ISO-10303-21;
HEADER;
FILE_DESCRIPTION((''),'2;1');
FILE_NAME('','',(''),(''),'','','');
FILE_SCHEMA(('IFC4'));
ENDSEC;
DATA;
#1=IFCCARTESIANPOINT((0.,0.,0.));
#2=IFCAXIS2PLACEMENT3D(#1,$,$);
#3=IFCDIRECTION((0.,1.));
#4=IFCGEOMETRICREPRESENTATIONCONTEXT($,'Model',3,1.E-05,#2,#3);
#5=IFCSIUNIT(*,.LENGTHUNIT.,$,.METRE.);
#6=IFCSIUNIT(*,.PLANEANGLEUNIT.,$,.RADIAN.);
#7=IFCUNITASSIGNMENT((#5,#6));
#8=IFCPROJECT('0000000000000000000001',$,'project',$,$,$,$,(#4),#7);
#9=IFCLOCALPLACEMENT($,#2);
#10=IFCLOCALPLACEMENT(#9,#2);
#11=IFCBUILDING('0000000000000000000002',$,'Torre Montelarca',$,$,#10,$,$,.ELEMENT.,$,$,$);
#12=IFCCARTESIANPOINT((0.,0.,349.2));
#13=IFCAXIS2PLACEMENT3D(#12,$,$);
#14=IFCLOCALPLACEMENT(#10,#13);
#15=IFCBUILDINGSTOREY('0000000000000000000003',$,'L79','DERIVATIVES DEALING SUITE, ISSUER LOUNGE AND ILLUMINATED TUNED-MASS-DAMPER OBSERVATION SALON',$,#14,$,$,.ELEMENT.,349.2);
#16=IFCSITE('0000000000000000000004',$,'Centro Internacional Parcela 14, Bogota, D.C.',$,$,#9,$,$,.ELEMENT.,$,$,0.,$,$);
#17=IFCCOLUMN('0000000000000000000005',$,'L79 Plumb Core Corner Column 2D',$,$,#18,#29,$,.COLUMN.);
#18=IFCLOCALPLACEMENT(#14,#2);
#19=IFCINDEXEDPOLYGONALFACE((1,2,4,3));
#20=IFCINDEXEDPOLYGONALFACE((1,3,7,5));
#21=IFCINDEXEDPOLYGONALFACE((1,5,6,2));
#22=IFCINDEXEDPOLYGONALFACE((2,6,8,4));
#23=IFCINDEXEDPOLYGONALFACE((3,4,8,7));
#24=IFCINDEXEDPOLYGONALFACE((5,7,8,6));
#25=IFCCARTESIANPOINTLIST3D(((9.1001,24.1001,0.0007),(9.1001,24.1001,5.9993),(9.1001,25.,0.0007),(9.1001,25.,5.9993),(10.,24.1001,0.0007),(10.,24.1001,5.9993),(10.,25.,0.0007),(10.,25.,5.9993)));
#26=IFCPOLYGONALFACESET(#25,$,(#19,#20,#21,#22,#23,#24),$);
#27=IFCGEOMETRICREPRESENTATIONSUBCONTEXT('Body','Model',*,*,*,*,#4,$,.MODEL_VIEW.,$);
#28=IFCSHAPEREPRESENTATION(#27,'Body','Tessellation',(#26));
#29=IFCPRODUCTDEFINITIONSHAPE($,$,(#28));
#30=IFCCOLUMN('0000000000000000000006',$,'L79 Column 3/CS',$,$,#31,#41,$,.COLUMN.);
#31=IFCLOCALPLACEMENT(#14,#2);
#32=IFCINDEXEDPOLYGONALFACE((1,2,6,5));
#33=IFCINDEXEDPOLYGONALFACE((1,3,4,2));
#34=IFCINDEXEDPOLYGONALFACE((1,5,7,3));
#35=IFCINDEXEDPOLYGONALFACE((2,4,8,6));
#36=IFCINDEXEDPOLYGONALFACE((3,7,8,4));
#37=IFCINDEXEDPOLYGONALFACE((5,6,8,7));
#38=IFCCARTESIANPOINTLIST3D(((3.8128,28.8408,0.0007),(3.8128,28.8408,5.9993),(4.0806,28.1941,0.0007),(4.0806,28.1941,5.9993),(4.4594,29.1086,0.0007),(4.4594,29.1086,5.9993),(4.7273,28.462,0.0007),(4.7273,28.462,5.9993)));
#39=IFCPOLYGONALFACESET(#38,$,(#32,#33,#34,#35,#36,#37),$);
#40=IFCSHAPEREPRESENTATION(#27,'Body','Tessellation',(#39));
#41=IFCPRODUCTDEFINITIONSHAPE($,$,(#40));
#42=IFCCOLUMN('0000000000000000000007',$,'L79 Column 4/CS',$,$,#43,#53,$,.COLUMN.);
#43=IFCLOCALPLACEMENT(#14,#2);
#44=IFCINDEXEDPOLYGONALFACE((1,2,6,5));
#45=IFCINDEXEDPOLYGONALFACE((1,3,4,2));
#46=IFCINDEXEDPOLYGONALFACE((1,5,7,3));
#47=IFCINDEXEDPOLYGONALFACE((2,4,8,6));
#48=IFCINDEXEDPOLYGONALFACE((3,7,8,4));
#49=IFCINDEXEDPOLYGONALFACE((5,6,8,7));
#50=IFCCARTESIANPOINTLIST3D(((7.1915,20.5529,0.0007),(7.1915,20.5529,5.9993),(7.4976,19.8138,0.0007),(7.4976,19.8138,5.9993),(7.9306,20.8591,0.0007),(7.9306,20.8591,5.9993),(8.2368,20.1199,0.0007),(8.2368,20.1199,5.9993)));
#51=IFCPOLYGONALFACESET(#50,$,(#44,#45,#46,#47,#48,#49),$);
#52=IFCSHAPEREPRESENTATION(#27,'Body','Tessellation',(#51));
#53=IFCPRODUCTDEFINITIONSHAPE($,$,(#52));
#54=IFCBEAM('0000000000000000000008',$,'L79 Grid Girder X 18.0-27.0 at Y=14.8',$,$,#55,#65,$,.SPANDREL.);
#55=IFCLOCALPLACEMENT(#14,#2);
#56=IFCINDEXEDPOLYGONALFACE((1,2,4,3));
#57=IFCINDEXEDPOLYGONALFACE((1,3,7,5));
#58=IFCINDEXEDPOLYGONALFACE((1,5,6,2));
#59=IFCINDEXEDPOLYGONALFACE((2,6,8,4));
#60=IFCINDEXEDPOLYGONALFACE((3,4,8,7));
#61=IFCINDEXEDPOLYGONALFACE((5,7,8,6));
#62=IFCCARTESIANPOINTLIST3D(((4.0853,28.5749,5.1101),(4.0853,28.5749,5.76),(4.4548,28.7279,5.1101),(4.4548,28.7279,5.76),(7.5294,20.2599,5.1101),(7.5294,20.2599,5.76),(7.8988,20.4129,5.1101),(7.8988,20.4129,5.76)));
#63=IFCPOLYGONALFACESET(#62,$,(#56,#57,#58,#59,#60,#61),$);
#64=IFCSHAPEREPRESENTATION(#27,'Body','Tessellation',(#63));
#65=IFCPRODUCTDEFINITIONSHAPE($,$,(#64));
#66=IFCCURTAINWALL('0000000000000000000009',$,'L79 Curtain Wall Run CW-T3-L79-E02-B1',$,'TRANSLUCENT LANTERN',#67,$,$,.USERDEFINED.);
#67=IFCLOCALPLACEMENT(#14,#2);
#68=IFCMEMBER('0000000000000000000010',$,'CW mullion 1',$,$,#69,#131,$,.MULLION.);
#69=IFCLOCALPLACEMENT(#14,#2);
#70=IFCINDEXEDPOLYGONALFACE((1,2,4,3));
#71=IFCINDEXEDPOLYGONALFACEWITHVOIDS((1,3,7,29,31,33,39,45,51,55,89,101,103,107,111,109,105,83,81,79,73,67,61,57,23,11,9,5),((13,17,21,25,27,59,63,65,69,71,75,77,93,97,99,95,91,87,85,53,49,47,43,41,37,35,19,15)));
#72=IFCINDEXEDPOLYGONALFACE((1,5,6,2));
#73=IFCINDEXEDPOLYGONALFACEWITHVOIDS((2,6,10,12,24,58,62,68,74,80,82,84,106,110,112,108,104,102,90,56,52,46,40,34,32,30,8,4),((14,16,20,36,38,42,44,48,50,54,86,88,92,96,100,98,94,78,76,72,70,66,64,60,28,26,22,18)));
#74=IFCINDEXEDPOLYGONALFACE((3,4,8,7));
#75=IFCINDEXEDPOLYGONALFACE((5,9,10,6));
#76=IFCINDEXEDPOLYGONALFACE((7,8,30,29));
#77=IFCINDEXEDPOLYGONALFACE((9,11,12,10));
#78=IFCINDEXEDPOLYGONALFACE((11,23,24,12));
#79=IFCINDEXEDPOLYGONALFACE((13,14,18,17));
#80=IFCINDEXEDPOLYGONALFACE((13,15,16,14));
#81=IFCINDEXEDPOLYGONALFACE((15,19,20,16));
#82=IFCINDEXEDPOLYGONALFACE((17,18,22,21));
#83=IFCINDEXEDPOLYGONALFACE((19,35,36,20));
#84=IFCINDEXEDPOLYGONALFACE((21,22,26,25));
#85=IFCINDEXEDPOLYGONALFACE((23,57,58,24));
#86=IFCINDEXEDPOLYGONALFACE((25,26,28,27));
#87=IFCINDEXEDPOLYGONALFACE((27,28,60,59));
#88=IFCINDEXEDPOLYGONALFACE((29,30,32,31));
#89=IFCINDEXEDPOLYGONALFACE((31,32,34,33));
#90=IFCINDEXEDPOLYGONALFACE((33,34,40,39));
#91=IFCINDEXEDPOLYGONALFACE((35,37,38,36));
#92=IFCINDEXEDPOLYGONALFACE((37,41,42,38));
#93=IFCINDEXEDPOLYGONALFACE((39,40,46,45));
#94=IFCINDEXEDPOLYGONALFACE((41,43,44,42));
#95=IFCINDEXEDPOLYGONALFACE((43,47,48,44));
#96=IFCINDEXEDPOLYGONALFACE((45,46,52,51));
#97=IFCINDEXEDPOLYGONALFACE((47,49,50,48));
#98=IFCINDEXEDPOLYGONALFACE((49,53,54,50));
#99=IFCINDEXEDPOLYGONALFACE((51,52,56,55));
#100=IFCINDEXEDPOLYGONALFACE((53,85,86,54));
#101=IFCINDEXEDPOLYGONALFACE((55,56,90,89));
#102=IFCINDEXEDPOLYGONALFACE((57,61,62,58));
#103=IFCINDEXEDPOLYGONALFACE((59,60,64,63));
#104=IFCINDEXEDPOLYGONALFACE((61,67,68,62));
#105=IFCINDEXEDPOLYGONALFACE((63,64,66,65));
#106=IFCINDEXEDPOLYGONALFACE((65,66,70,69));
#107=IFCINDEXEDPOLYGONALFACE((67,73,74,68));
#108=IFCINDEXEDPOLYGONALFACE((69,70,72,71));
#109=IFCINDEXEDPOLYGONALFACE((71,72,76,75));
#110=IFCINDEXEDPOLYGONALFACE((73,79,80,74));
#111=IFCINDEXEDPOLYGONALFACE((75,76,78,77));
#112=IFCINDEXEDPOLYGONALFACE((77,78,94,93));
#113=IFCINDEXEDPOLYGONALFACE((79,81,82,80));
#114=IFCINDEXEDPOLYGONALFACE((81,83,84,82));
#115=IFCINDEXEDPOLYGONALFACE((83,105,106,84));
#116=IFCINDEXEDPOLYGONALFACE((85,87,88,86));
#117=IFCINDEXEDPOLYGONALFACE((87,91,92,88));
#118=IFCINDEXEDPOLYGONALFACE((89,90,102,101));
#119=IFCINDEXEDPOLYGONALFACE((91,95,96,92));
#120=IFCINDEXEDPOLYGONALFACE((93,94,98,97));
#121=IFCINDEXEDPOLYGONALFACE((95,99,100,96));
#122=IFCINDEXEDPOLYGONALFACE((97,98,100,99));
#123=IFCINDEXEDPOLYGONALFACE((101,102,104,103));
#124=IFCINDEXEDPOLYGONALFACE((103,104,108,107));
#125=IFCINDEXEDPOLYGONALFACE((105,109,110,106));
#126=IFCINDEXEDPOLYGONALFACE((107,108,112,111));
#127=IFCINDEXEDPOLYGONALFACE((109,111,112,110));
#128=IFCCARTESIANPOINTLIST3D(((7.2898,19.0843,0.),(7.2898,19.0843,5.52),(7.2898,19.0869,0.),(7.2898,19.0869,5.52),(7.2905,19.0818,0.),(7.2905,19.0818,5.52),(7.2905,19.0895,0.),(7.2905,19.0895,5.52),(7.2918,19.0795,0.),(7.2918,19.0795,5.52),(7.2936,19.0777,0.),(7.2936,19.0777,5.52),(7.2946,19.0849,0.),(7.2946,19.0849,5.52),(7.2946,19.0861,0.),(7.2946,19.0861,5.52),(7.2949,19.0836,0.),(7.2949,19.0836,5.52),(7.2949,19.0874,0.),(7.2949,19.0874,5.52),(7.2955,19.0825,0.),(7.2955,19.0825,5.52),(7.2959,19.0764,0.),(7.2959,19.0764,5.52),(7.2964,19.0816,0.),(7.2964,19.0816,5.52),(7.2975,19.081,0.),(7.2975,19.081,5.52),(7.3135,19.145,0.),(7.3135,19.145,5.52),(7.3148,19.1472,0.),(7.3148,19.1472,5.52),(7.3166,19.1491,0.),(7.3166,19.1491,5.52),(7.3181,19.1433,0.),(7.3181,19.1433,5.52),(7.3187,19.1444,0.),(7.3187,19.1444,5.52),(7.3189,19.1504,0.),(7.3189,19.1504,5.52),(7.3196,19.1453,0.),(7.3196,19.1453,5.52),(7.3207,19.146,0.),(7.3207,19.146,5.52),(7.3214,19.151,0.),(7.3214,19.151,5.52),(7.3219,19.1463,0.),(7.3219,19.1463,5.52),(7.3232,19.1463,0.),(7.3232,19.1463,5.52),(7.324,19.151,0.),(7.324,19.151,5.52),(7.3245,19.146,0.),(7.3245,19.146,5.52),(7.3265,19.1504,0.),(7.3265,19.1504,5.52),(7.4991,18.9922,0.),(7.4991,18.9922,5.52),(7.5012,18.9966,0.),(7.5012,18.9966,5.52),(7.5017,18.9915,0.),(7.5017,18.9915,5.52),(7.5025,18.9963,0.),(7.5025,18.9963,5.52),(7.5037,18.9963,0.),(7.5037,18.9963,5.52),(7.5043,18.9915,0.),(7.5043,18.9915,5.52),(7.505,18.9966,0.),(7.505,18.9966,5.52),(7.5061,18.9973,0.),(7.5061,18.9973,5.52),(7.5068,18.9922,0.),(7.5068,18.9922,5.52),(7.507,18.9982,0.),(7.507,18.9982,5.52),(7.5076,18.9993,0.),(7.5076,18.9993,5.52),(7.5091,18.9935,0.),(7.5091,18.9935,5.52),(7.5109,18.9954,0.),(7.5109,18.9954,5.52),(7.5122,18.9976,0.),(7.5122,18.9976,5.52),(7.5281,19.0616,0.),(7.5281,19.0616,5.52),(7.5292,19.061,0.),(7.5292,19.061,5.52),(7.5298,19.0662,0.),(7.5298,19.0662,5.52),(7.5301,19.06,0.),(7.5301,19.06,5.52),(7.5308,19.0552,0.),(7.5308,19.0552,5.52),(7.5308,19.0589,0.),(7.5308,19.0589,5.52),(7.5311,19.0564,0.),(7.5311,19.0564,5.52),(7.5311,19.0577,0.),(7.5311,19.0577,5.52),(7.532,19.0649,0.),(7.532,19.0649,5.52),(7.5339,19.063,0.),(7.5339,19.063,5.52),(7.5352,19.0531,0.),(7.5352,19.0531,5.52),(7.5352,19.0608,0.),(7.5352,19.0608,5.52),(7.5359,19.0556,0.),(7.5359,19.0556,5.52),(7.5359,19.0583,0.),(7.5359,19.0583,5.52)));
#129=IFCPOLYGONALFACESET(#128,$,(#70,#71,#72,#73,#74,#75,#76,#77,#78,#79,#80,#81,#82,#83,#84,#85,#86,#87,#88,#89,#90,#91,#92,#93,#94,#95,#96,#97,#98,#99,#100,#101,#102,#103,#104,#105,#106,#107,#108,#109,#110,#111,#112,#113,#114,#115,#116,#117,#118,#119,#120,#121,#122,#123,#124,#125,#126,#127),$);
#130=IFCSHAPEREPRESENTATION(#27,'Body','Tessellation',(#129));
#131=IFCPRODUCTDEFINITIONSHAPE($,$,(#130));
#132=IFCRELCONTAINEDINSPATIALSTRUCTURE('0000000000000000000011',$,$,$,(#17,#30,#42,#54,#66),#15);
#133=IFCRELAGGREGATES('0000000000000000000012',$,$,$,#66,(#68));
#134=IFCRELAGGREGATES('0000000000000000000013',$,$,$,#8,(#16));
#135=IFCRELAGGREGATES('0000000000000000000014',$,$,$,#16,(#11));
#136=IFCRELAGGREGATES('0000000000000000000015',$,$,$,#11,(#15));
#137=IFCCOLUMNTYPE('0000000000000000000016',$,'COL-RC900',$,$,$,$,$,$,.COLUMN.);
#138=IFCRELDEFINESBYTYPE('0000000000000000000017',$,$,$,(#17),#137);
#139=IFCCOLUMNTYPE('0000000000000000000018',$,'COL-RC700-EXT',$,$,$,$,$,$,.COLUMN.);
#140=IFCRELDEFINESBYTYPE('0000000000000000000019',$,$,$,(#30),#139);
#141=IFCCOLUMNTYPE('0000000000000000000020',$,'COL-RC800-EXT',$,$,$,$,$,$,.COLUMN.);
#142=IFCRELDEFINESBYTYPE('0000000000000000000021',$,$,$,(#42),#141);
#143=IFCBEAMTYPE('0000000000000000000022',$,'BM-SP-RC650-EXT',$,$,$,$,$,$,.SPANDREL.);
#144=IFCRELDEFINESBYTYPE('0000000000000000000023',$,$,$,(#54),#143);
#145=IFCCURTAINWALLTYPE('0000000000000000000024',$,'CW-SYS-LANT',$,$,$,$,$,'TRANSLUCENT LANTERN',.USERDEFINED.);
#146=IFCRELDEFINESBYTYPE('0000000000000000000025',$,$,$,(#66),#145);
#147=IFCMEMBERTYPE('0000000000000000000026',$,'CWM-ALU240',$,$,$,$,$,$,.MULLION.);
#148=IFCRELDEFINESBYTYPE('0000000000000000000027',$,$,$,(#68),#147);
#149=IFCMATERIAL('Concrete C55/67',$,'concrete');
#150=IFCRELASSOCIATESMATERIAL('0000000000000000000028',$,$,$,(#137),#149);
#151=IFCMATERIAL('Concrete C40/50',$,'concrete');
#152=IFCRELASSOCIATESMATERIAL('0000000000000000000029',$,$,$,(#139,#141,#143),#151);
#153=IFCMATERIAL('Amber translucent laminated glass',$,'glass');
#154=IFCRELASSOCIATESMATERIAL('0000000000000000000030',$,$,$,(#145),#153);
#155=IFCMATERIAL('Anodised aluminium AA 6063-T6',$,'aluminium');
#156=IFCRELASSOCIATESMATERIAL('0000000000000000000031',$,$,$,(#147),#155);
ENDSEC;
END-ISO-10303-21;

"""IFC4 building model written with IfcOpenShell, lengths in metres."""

from ifc_helpers import new_model, si_unit, direction, frame, origin, origin_2d, place, context, subcontext, project, spatial, rectangle, hollow_rectangle, extrude, source, transform, mapped, material, material_profile, profile_set, type_object, element, aggregate, save


model = new_model("IFC4")

# Units and contexts
model_context = context("Model", 3, precision=1e-05, world=origin(), true_north=direction((0.0, 1.0)))
body_context = subcontext(model_context, "Body", "Model", "MODEL_VIEW")
ifc_project = project(units=[si_unit("LENGTHUNIT", "METRE"), si_unit("PLANEANGLEUNIT", "RADIAN")], contexts=[model_context])

# Site, building, storey
site_placement = place(None, origin())
site = spatial("IfcSite", under=ifc_project, at=site_placement, Name="Centro Internacional Parcela 14, Bogota, D.C.", CompositionType="ELEMENT", RefElevation=0.0)
building_placement = place(site_placement, origin())
building = spatial("IfcBuilding", under=site, at=building_placement, Name="Torre Montelarca", CompositionType="ELEMENT")
storey_placement = place(building_placement, frame((0.0, 0.0, 349.2)))
storey = spatial("IfcBuildingStorey", under=building, at=storey_placement, Name="L79", Description="DERIVATIVES DEALING SUITE, ISSUER LOUNGE AND ILLUMINATED TUNED-MASS-DAMPER OBSERVATION SALON", CompositionType="ELEMENT", Elevation=349.2)

# Columns
ifc_material_1 = material(Name="Concrete C55/67", Category="concrete")
ifc_material_profile_1 = material_profile(ifc_material_1, rectangle(XDim=0.8999, YDim=0.8999, at=origin_2d()), Name="RC900X900", Category="concrete")
ifc_profile_set_1 = profile_set([ifc_material_profile_1], Name="Concrete C55/67")
column_type_1 = type_object("IfcColumnType", Name="COL-RC900", PredefinedType="COLUMN", material=ifc_profile_set_1)
shared_shape_1 = source(origin(), body_context, "Body", "SweptSolid", [
    extrude(rectangle(XDim=0.8999, YDim=0.8999, at=origin_2d()), origin(), (0.0, 0.0, 1.0), 5.9985),
])
column_1_placement = place(storey_placement, frame((9.55, 24.55, 0.0007), z_axis=(0.0, 0.0, 1.0), x_axis=(1.0, 0.0, 0.0)))
element("IfcColumn", 1, at=column_1_placement, inside=storey, type_object=column_type_1, Name="L79 Plumb Core Corner Column 2D", PredefinedType="COLUMN", context=body_context, shape_type="MappedRepresentation", body=[
    mapped(shared_shape_1, transform((0.0, 0.0, 0.0), scale=1.0)),
])
ifc_material_2 = material(Name="Concrete C40/50", Category="concrete")
ifc_material_profile_2 = material_profile(ifc_material_2, rectangle(XDim=0.7, YDim=0.7, at=origin_2d()), Name="RC700X700", Category="concrete")
ifc_profile_set_2 = profile_set([ifc_material_profile_2], Name="Concrete C40/50")
column_type_2 = type_object("IfcColumnType", Name="COL-RC700-EXT", PredefinedType="COLUMN", material=ifc_profile_set_2)
shared_shape_2 = source(origin(), body_context, "Body", "SweptSolid", [
    extrude(rectangle(XDim=0.7, YDim=0.7, at=origin_2d()), origin(), (0.0, 0.0, 1.0), 5.9985),
])
column_2_placement = place(storey_placement, frame((4.27, 28.6514, 0.0007), z_axis=(0.0, 0.0, 1.0), x_axis=(-0.382683, 0.92388, 0.0)))
element("IfcColumn", 2, at=column_2_placement, inside=storey, type_object=column_type_2, Name="L79 Column 3/CS", PredefinedType="COLUMN", context=body_context, shape_type="MappedRepresentation", body=[
    mapped(shared_shape_2, transform((0.0, 0.0, 0.0), scale=1.0)),
])
ifc_material_profile_3 = material_profile(ifc_material_2, rectangle(XDim=0.8, YDim=0.8, at=origin_2d()), Name="RC800X800", Category="concrete")
ifc_profile_set_3 = profile_set([ifc_material_profile_3], Name="Concrete C40/50")
column_type_3 = type_object("IfcColumnType", Name="COL-RC800-EXT", PredefinedType="COLUMN", material=ifc_profile_set_3)
shared_shape_3 = source(origin(), body_context, "Body", "SweptSolid", [
    extrude(rectangle(XDim=0.8, YDim=0.8, at=origin_2d()), origin(), (0.0, 0.0, 1.0), 5.9985),
])
column_3_placement = place(storey_placement, frame((7.7141, 20.3364, 0.0007), z_axis=(0.0, 0.0, 1.0), x_axis=(-0.382683, 0.92388, 0.0)))
element("IfcColumn", 3, at=column_3_placement, inside=storey, type_object=column_type_3, Name="L79 Column 4/CS", PredefinedType="COLUMN", context=body_context, shape_type="MappedRepresentation", body=[
    mapped(shared_shape_3, transform((0.0, 0.0, 0.0), scale=1.0)),
])

# Beam
ifc_material_profile_4 = material_profile(ifc_material_2, rectangle(XDim=0.3999, YDim=0.6499, at=origin_2d()), Name="RCB400X650", Category="concrete")
ifc_profile_set_4 = profile_set([ifc_material_profile_4], Name="Concrete C40/50")
beam_type = type_object("IfcBeamType", Name="BM-SP-RC650-EXT", PredefinedType="SPANDREL", material=ifc_profile_set_4)
shared_shape_4 = source(origin(), body_context, "Body", "SweptSolid", [
    extrude(rectangle(XDim=0.3999, YDim=0.6499, at=origin_2d()), origin(), (0.0, 0.0, 1.0), 9.0),
])
beam_placement = place(storey_placement, frame((4.27, 28.6514, 5.4351), z_axis=(0.382677, -0.923882, 0.0), x_axis=(0.923882, 0.382677, 0.0)))
element("IfcBeam", 4, at=beam_placement, inside=storey, type_object=beam_type, Name="L79 Grid Girder X 18.0-27.0 at Y=14.8", PredefinedType="SPANDREL", context=body_context, shape_type="MappedRepresentation", body=[
    mapped(shared_shape_4, transform((0.0, 0.0, 0.0), scale=1.0)),
])

# Curtain wall, member
ifc_material_3 = material(Name="Amber translucent laminated glass", Category="glass")
curtain_wall_type = type_object("IfcCurtainWallType", Name="CW-SYS-LANT", ElementType="TRANSLUCENT LANTERN", PredefinedType="USERDEFINED", material=ifc_material_3)
curtain_wall_placement = place(storey_placement, origin())
curtain_wall = element("IfcCurtainWall", 5, at=curtain_wall_placement, inside=storey, type_object=curtain_wall_type, Name="L79 Curtain Wall Run CW-T3-L79-E02-B1", ObjectType="TRANSLUCENT LANTERN", PredefinedType="USERDEFINED")
ifc_material_4 = material(Name="Anodised aluminium AA 6063-T6", Category="aluminium")
ifc_material_profile_5 = material_profile(ifc_material_4, hollow_rectangle(XDim=0.0801, YDim=0.24, WallThickness=0.0049, InnerFilletRadius=0.0049, OuterFilletRadius=0.01, at=origin_2d()), Name="ALU80X240X5", Category="aluminium")
ifc_profile_set_5 = profile_set([ifc_material_profile_5], Name="Anodised aluminium AA 6063-T6")
member_type_1 = type_object("IfcMemberType", Name="CWM-ALU240", PredefinedType="MULLION", material=ifc_profile_set_5)
shared_shape_5 = source(origin(), body_context, "Body", "SweptSolid", [
    extrude(hollow_rectangle(XDim=0.0801, YDim=0.24, WallThickness=0.0049, InnerFilletRadius=0.0049, OuterFilletRadius=0.01, at=origin_2d()), origin(), (0.0, 0.0, 1.0), 5.52),
])
member_1_placement = place(storey_placement, frame((7.4128, 19.0713, 0.0), z_axis=(0.0, 0.0, 1.0), x_axis=(0.382664, 0.923888, 0.0)))
member_1 = element("IfcMember", 6, at=member_1_placement, type_object=member_type_1, Name="CW mullion 1", PredefinedType="MULLION", context=body_context, shape_type="MappedRepresentation", body=[
    mapped(shared_shape_5, transform((0.0, 0.0, 0.0), scale=1.0)),
])
aggregate(curtain_wall, [member_1])

save(model, "model.ifc")
